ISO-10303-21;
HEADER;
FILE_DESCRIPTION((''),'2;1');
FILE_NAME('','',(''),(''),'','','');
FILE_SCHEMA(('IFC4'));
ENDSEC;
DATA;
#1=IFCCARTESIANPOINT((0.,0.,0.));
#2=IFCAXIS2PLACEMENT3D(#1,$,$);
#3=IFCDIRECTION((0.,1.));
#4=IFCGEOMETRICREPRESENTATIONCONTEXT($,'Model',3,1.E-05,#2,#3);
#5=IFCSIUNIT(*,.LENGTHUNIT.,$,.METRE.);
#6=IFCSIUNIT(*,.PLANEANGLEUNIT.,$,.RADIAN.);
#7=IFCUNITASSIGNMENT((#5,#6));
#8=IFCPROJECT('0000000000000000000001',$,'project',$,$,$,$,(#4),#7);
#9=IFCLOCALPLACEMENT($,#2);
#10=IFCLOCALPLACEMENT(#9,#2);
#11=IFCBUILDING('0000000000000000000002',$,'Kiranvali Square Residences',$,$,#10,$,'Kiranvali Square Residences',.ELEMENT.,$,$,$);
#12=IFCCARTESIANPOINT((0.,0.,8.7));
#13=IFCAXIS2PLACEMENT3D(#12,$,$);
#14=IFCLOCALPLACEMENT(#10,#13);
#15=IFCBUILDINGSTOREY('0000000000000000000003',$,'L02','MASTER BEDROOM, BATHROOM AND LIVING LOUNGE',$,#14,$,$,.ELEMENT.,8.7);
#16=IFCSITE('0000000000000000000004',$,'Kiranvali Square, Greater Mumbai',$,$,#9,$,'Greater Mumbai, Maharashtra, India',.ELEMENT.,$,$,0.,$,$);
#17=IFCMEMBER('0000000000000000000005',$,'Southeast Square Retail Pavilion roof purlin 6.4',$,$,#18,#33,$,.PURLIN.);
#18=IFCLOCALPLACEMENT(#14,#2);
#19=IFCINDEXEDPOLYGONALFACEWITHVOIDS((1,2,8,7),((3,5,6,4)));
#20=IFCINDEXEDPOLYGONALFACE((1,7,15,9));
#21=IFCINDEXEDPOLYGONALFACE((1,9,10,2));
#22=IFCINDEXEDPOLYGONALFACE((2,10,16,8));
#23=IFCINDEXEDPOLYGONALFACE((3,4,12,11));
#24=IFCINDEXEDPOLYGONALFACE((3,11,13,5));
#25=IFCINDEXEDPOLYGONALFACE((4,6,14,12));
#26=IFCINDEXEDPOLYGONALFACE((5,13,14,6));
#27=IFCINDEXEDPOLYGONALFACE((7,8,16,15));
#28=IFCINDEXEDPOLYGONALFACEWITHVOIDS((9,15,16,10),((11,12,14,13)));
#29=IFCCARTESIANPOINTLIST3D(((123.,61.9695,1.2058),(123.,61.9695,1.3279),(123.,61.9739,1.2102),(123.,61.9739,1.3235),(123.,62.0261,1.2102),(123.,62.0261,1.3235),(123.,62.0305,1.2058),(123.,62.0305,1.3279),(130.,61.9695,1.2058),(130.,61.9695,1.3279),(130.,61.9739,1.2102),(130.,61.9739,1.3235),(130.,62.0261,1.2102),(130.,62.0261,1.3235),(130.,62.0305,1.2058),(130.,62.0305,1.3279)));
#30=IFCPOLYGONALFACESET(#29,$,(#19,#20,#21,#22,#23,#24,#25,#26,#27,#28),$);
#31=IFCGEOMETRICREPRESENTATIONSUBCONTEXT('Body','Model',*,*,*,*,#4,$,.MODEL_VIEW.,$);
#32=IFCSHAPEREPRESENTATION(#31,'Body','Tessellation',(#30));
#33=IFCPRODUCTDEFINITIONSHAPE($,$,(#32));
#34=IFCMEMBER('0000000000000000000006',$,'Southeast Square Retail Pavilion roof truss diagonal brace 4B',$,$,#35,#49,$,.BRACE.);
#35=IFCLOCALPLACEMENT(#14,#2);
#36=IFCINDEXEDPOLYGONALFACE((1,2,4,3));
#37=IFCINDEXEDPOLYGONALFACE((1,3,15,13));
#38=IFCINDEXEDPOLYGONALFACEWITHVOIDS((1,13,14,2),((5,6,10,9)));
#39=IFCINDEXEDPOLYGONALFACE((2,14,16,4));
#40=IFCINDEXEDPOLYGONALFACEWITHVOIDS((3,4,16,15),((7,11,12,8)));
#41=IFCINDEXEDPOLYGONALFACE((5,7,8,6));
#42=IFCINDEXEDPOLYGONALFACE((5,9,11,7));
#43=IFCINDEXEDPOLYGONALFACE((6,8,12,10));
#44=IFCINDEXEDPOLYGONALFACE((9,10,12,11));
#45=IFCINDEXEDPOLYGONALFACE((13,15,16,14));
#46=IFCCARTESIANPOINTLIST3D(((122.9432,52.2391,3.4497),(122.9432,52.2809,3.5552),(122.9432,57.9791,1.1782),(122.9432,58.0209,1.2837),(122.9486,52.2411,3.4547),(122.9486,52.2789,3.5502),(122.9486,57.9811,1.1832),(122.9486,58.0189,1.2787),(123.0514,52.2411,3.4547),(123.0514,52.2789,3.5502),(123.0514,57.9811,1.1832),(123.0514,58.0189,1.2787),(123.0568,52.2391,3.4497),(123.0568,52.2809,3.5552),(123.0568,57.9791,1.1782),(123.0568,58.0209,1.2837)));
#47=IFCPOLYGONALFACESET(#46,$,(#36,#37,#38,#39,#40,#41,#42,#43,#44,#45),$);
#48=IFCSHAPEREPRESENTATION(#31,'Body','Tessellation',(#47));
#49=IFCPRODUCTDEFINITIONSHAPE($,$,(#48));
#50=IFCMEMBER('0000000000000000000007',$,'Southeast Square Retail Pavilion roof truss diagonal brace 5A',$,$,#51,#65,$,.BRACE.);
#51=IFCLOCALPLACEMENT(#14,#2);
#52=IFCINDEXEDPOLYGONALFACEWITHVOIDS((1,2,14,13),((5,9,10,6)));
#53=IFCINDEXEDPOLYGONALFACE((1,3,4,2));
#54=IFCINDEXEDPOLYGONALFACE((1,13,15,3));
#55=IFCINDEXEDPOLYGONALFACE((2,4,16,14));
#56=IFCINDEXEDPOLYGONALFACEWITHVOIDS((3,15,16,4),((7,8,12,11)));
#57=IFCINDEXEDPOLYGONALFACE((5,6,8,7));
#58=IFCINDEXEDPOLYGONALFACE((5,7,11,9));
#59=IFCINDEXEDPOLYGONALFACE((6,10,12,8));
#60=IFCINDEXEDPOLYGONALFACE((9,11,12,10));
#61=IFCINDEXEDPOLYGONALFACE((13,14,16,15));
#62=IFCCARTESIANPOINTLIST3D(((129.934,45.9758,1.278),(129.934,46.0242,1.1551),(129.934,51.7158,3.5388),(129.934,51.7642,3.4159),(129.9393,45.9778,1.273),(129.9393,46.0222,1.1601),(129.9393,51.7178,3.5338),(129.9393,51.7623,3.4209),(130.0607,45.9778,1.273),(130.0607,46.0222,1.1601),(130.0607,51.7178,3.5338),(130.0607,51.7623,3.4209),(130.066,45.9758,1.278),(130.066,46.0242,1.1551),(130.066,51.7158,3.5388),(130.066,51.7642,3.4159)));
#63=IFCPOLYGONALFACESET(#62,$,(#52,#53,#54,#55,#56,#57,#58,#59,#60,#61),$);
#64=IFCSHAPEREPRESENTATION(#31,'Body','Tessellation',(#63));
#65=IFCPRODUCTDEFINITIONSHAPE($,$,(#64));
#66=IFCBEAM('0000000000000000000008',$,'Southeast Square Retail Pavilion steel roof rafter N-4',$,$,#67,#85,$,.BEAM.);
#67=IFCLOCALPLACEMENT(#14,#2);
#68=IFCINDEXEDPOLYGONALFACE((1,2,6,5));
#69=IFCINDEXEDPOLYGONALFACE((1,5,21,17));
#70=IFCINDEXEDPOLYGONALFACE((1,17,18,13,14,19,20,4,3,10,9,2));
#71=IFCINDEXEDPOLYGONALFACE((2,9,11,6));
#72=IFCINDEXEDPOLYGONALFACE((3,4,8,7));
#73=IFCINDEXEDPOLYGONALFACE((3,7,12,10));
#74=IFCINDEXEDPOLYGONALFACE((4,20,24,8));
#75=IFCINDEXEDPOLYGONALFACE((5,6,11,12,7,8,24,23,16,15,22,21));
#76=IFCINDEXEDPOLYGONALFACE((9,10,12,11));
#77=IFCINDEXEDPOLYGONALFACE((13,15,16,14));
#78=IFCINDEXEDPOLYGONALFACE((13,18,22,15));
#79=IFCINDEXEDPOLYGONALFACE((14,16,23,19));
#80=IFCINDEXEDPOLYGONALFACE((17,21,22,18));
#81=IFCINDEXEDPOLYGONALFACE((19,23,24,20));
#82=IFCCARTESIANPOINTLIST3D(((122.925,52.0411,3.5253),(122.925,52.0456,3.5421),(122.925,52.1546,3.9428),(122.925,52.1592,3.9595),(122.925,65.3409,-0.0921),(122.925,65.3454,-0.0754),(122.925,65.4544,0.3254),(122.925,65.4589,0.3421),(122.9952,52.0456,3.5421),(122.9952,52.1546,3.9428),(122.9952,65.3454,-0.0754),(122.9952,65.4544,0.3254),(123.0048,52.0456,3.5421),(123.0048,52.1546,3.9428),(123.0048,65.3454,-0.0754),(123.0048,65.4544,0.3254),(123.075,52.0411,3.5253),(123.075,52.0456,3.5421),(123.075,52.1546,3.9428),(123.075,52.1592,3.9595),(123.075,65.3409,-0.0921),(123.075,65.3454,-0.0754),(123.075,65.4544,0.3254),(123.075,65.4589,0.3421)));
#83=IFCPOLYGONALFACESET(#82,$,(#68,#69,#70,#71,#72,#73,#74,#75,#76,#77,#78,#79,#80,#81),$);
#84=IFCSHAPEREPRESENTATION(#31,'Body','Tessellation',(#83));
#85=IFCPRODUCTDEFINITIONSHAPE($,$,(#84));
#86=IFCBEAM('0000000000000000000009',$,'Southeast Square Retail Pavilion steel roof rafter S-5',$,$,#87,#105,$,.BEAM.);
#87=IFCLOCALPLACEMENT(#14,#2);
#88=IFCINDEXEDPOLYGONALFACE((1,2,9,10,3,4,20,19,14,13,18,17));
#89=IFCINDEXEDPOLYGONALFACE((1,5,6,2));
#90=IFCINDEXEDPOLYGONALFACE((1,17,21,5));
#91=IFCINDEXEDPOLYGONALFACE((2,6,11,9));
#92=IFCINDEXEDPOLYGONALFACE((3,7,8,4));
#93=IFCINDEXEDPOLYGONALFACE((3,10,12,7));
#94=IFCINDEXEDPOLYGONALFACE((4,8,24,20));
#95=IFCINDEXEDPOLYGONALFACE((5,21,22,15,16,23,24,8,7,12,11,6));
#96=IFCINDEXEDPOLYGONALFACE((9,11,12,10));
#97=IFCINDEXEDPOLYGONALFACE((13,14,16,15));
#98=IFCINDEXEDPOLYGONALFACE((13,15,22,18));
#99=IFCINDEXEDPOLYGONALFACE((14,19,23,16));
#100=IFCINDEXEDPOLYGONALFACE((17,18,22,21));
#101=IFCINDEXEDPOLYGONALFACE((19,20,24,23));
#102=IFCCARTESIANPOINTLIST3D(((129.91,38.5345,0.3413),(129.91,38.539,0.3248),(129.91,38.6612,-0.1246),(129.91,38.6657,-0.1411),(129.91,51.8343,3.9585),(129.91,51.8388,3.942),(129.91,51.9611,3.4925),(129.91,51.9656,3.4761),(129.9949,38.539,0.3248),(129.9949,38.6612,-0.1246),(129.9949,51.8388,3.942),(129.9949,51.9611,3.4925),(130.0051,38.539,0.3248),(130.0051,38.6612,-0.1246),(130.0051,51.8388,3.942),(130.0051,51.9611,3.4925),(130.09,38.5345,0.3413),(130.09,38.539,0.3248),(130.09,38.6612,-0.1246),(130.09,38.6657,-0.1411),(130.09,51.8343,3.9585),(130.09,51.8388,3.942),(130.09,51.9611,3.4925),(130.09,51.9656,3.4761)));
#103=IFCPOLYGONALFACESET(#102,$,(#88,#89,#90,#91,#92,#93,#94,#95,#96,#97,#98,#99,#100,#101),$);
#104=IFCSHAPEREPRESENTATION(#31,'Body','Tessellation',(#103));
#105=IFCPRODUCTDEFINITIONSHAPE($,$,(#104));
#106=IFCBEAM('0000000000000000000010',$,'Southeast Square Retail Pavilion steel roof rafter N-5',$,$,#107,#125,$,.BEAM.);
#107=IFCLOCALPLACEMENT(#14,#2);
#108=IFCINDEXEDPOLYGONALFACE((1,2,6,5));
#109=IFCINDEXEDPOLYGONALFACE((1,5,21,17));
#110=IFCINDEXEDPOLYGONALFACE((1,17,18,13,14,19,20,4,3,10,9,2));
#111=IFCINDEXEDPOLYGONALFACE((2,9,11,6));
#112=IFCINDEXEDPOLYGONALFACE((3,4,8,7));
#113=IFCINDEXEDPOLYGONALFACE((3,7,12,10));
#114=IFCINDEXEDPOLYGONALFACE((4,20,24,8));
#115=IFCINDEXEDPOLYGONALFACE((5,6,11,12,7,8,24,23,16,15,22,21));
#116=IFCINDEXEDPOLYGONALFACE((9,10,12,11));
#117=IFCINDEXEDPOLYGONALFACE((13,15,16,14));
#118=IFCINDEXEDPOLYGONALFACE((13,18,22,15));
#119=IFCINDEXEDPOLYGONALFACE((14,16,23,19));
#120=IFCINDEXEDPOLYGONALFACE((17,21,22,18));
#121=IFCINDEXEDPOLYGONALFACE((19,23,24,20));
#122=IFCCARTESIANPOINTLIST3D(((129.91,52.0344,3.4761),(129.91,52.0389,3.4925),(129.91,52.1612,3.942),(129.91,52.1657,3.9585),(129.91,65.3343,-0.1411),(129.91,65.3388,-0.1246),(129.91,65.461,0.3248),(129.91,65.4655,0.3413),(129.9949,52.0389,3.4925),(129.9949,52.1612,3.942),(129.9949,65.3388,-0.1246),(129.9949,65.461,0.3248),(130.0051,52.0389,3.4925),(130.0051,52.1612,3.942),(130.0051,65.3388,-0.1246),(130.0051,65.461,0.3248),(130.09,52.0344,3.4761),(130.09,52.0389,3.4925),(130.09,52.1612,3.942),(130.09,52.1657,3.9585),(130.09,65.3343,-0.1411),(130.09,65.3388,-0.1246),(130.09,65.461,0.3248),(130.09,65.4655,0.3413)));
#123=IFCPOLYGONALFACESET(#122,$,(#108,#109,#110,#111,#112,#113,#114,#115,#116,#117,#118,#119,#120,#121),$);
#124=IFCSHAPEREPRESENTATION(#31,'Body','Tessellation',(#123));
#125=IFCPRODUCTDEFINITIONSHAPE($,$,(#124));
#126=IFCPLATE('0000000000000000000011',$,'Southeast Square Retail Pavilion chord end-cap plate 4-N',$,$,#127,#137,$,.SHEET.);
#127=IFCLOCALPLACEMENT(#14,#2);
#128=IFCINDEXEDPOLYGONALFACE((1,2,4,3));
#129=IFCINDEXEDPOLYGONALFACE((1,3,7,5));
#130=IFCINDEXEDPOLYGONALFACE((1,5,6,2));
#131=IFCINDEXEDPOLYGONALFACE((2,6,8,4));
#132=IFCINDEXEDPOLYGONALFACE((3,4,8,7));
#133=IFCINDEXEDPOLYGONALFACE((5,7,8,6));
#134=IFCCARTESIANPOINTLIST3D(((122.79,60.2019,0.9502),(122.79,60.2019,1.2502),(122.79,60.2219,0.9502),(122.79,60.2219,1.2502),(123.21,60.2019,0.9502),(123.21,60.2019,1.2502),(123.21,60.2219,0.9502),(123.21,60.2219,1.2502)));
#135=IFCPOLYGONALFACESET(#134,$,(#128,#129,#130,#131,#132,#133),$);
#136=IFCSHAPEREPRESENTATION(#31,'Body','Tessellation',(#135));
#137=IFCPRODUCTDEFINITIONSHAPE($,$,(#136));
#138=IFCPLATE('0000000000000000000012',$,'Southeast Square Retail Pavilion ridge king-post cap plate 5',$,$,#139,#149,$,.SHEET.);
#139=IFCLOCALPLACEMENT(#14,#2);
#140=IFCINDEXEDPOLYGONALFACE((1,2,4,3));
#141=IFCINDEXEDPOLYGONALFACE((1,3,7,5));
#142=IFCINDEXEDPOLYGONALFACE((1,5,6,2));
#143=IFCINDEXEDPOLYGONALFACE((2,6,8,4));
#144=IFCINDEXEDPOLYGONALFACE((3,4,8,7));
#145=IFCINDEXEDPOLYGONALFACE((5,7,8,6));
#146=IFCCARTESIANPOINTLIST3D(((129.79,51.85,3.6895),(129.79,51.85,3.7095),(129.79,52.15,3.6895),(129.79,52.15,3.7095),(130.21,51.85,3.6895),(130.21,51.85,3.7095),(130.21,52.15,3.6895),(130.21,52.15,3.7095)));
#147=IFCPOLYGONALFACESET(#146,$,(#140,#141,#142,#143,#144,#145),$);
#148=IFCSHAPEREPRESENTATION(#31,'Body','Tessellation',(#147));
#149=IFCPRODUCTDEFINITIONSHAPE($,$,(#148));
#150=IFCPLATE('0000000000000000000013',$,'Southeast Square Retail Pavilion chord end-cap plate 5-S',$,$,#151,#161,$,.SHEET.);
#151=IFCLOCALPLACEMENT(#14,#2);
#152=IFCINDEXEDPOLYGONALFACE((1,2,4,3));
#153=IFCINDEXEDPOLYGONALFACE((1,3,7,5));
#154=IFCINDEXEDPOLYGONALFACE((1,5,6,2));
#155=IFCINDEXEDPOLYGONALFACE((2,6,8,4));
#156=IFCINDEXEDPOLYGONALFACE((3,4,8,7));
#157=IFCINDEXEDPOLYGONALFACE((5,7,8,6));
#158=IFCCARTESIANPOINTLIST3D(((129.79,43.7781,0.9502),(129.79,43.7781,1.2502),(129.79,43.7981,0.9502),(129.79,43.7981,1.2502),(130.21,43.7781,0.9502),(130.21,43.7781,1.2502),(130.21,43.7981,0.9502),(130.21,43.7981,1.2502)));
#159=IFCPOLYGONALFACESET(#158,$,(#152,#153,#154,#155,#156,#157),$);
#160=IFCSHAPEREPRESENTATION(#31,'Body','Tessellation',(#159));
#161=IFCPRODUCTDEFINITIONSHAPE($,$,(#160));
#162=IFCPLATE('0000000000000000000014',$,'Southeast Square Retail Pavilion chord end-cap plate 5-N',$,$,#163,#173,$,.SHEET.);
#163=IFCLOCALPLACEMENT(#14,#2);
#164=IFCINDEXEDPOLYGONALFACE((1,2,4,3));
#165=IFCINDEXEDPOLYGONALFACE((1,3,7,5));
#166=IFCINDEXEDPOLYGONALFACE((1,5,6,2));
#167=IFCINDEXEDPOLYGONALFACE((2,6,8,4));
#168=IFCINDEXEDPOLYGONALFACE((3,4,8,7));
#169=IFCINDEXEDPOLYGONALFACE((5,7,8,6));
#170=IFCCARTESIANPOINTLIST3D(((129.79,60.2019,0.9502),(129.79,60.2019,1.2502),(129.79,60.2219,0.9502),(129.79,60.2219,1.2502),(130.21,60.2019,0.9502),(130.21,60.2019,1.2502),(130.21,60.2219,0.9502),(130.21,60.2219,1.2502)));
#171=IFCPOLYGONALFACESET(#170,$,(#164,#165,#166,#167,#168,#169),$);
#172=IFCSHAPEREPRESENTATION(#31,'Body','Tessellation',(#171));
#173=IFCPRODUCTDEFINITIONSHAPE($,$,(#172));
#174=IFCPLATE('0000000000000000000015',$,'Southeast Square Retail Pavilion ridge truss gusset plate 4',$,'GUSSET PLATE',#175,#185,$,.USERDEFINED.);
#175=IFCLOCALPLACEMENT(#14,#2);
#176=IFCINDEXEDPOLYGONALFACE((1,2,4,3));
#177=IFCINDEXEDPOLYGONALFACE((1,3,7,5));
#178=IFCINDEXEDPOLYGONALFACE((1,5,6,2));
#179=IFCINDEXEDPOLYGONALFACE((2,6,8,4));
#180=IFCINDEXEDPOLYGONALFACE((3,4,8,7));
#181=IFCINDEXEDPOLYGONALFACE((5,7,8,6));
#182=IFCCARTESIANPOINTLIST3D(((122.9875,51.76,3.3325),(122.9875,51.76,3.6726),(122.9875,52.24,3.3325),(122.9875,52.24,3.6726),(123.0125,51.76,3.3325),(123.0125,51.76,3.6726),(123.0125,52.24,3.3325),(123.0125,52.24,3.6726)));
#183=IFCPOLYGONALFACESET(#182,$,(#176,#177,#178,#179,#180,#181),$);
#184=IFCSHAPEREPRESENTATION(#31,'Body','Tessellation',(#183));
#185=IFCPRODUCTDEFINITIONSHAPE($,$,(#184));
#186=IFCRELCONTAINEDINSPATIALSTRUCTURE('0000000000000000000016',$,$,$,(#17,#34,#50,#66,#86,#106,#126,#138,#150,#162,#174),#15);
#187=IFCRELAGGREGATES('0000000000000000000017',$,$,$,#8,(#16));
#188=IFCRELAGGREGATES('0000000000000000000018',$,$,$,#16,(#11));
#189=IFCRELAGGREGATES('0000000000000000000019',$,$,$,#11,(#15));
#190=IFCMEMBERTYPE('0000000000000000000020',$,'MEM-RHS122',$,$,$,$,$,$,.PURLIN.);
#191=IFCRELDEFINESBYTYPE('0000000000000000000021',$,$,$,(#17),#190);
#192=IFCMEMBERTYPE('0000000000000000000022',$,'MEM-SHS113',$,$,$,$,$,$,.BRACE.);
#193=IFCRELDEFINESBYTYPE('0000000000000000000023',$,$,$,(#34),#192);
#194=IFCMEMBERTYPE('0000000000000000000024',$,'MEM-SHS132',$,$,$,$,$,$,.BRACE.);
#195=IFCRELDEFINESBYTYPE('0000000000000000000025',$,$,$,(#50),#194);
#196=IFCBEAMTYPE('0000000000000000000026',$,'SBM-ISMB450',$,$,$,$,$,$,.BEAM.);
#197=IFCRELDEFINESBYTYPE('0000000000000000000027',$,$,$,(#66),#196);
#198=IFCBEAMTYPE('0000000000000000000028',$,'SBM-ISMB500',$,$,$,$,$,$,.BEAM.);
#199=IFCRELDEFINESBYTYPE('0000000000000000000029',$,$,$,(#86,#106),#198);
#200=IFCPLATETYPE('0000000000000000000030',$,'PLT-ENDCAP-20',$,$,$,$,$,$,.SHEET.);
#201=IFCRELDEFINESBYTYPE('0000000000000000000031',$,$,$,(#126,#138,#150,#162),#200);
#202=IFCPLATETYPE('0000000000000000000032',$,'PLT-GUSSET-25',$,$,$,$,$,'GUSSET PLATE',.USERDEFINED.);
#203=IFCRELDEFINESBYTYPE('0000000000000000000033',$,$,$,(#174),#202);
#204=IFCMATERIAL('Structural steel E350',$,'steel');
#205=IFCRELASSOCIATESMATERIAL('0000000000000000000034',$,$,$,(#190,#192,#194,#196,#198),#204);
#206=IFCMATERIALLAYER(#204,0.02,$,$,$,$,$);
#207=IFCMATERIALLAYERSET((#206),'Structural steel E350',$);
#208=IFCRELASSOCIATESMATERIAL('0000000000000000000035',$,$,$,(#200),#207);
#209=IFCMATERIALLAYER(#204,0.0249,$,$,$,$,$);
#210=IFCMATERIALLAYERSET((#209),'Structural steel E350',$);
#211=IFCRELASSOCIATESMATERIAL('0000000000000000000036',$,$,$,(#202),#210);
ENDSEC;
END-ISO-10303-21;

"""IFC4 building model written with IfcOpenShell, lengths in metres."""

from ifc_helpers import new_model, si_unit, direction, frame, origin, origin_2d, place, context, subcontext, project, spatial, rectangle, hollow_rectangle, i_section, extrude, material, layer, layer_set, material_profile, profile_set, type_object, element, save


model = new_model("IFC4")

# Units and contexts
model_context = context("Model", 3, precision=1e-05, world=origin(), true_north=direction((0.0, 1.0)))
body_context = subcontext(model_context, "Body", "Model", "MODEL_VIEW")
ifc_project = project(units=[si_unit("LENGTHUNIT", "METRE"), si_unit("PLANEANGLEUNIT", "RADIAN")], contexts=[model_context])

# Site, building, storey
site_placement = place(None, origin())
site = spatial("IfcSite", under=ifc_project, at=site_placement, Name="Kiranvali Square, Greater Mumbai", LongName="Greater Mumbai, Maharashtra, India", CompositionType="ELEMENT", RefElevation=0.0)
building_placement = place(site_placement, origin())
building = spatial("IfcBuilding", under=site, at=building_placement, Name="Kiranvali Square Residences", LongName="Kiranvali Square Residences", CompositionType="ELEMENT")
storey_placement = place(building_placement, frame((0.0, 0.0, 8.7)))
storey = spatial("IfcBuildingStorey", under=building, at=storey_placement, Name="L02", Description="MASTER BEDROOM, BATHROOM AND LIVING LOUNGE", CompositionType="ELEMENT", Elevation=8.7)

# Shared definitions
ifc_material_1 = material(Name="Structural steel E350", Category="steel")

# Members
ifc_material_profile_1 = material_profile(ifc_material_1, hollow_rectangle(XDim=0.061, YDim=0.1221, WallThickness=0.0044, at=origin_2d()), Name="RHS 122x61x4.5")
ifc_profile_set_1 = profile_set([ifc_material_profile_1], Name="Structural steel E350")
member_type_1 = type_object("IfcMemberType", Name="MEM-RHS122", PredefinedType="PURLIN", material=ifc_profile_set_1)
member_1_placement = place(storey_placement, frame((123.0, 62.0, 1.2668), z_axis=(1.0, 0.0, 0.0), x_axis=(0.0, 1.0, 0.0)))
element("IfcMember", 1, at=member_1_placement, inside=storey, type_object=member_type_1, Name="Southeast Square Retail Pavilion roof purlin 6.4", PredefinedType="PURLIN", context=body_context, shape_type="SweptSolid", body=[
    extrude(hollow_rectangle(XDim=0.061, YDim=0.1221, WallThickness=0.0044, at=origin_2d()), origin(), (0.0, 0.0, 1.0), 7.0),
])
ifc_material_profile_2 = material_profile(ifc_material_1, hollow_rectangle(XDim=0.1135, YDim=0.1135, WallThickness=0.0054, at=origin_2d()), Name="SHS 113.5x113.5x5.4")
ifc_profile_set_2 = profile_set([ifc_material_profile_2], Name="Structural steel E350")
member_type_2 = type_object("IfcMemberType", Name="MEM-SHS113", PredefinedType="BRACE", material=ifc_profile_set_2)
member_2_placement = place(storey_placement, frame((123.0, 58.0, 1.231), z_axis=(0.0, -0.92984, 0.367965), x_axis=(1.0, 0.0, 0.0)))
element("IfcMember", 2, at=member_2_placement, inside=storey, type_object=member_type_2, Name="Southeast Square Retail Pavilion roof truss diagonal brace 4B", PredefinedType="BRACE", context=body_context, shape_type="SweptSolid", body=[
    extrude(hollow_rectangle(XDim=0.1135, YDim=0.1135, WallThickness=0.0054, at=origin_2d()), origin(), (0.0, 0.0, 1.0), 6.1731),
])
ifc_material_profile_3 = material_profile(ifc_material_1, hollow_rectangle(XDim=0.1321, YDim=0.1321, WallThickness=0.0054, at=origin_2d()), Name="SHS 132x132x5.4")
ifc_profile_set_3 = profile_set([ifc_material_profile_3], Name="Structural steel E350")
member_type_3 = type_object("IfcMemberType", Name="MEM-SHS132", PredefinedType="BRACE", material=ifc_profile_set_3)
member_3_placement = place(storey_placement, frame((130.0, 46.0, 1.2166), z_axis=(0.0, 0.930434, 0.366459), x_axis=(-1.0, 0.0, 0.0)))
element("IfcMember", 3, at=member_3_placement, inside=storey, type_object=member_type_3, Name="Southeast Square Retail Pavilion roof truss diagonal brace 5A", PredefinedType="BRACE", context=body_context, shape_type="SweptSolid", body=[
    extrude(hollow_rectangle(XDim=0.1321, YDim=0.1321, WallThickness=0.0054, at=origin_2d()), origin(), (0.0, 0.0, 1.0), 6.1692),
])

# Beams
ifc_material_profile_4 = material_profile(ifc_material_1, i_section(OverallWidth=0.1499, OverallDepth=0.45, WebThickness=0.0095, FlangeThickness=0.0173, at=origin_2d()), Name="ISMB 450")
ifc_profile_set_4 = profile_set([ifc_material_profile_4], Name="Structural steel E350")
beam_type_1 = type_object("IfcBeamType", Name="SBM-ISMB450", PredefinedType="BEAM", material=ifc_profile_set_4)
beam_placement = place(storey_placement, frame((123.0, 65.3999, 0.125), z_axis=(0.0, -0.964944, 0.262456), x_axis=(1.0, 0.0, 0.0)))
element("IfcBeam", 4, at=beam_placement, inside=storey, type_object=beam_type_1, Name="Southeast Square Retail Pavilion steel roof rafter N-4", PredefinedType="BEAM", context=body_context, shape_type="SweptSolid", body=[
    extrude(i_section(OverallWidth=0.1499, OverallDepth=0.45, WebThickness=0.0095, FlangeThickness=0.0173, at=origin_2d()), origin(), (0.0, 0.0, 1.0), 13.783),
])
ifc_material_profile_5 = material_profile(ifc_material_1, i_section(OverallWidth=0.1799, OverallDepth=0.5, WebThickness=0.0103, FlangeThickness=0.0171, at=origin_2d()), Name="ISMB 500")
ifc_profile_set_5 = profile_set([ifc_material_profile_5], Name="Structural steel E350")
beam_type_2 = type_object("IfcBeamType", Name="SBM-ISMB500", PredefinedType="BEAM", material=ifc_profile_set_5)
for number, where, z_axis, x_axis, name in (
    (5, (130.0, 38.6001, 0.1001), (0.0, 0.964948, 0.26244), (-1.0, 0.0, 0.0), "Southeast Square Retail Pavilion steel roof rafter S-5"),
    (6, (130.0, 65.3999, 0.1001), (0.0, -0.964948, 0.26244), (1.0, 0.0, 0.0), "Southeast Square Retail Pavilion steel roof rafter N-5"),
):
    element("IfcBeam", number, at=place(storey_placement, frame(where, z_axis=z_axis, x_axis=x_axis)), inside=storey, type_object=beam_type_2, Name=name, PredefinedType="BEAM", context=body_context, shape_type="SweptSolid", body=[
        extrude(i_section(OverallWidth=0.1799, OverallDepth=0.5, WebThickness=0.0103, FlangeThickness=0.0171, at=origin_2d()), origin(), (0.0, 0.0, 1.0), 13.783),
    ])

# Plates
ifc_layer_1 = layer(ifc_material_1, 0.02)
ifc_layer_set_1 = layer_set([ifc_layer_1], Name="Structural steel E350")
plate_type_1 = type_object("IfcPlateType", Name="PLT-ENDCAP-20", PredefinedType="SHEET", material=ifc_layer_set_1)
plate_1_placement = place(storey_placement, frame((123.0, 60.2119, 0.9502), z_axis=(0.0, 0.0, 1.0), x_axis=(1.0, 0.0, 0.0)))
element("IfcPlate", 7, at=plate_1_placement, inside=storey, type_object=plate_type_1, Name="Southeast Square Retail Pavilion chord end-cap plate 4-N", PredefinedType="SHEET", context=body_context, shape_type="SweptSolid", body=[
    extrude(rectangle(XDim=0.4199, YDim=0.02, at=origin_2d()), origin(), (0.0, 0.0, 1.0), 0.3),
])
plate_2_placement = place(storey_placement, frame((130.0, 52.0, 3.6895), z_axis=(0.0, 0.0, 1.0), x_axis=(1.0, 0.0, 0.0)))
element("IfcPlate", 8, at=plate_2_placement, inside=storey, type_object=plate_type_1, Name="Southeast Square Retail Pavilion ridge king-post cap plate 5", PredefinedType="SHEET", context=body_context, shape_type="SweptSolid", body=[
    extrude(rectangle(XDim=0.4199, YDim=0.3, at=origin_2d()), origin(), (0.0, 0.0, 1.0), 0.02),
])
for number, where, z_axis, x_axis, name in (
    (9, (130.0, 43.7881, 0.9502), (0.0, 0.0, 1.0), (1.0, 0.0, 0.0), "Southeast Square Retail Pavilion chord end-cap plate 5-S"),
    (10, (130.0, 60.2119, 0.9502), (0.0, 0.0, 1.0), (1.0, 0.0, 0.0), "Southeast Square Retail Pavilion chord end-cap plate 5-N"),
):
    element("IfcPlate", number, at=place(storey_placement, frame(where, z_axis=z_axis, x_axis=x_axis)), inside=storey, type_object=plate_type_1, Name=name, PredefinedType="SHEET", context=body_context, shape_type="SweptSolid", body=[
        extrude(rectangle(XDim=0.4199, YDim=0.02, at=origin_2d()), origin(), (0.0, 0.0, 1.0), 0.3),
    ])
ifc_layer_2 = layer(ifc_material_1, 0.0249)
ifc_layer_set_2 = layer_set([ifc_layer_2], Name="Structural steel E350")
plate_type_2 = type_object("IfcPlateType", Name="PLT-GUSSET-25", ElementType="GUSSET PLATE", PredefinedType="USERDEFINED", material=ifc_layer_set_2)
plate_3_placement = place(storey_placement, frame((123.0, 52.0, 3.3325), z_axis=(0.0, 0.0, 1.0), x_axis=(1.0, 0.0, 0.0)))
element("IfcPlate", 11, at=plate_3_placement, inside=storey, type_object=plate_type_2, Name="Southeast Square Retail Pavilion ridge truss gusset plate 4", ObjectType="GUSSET PLATE", PredefinedType="USERDEFINED", context=body_context, shape_type="SweptSolid", body=[
    extrude(rectangle(XDim=0.0249, YDim=0.48, at=origin_2d()), origin(), (0.0, 0.0, 1.0), 0.3401),
])

save(model, "model.ifc")
